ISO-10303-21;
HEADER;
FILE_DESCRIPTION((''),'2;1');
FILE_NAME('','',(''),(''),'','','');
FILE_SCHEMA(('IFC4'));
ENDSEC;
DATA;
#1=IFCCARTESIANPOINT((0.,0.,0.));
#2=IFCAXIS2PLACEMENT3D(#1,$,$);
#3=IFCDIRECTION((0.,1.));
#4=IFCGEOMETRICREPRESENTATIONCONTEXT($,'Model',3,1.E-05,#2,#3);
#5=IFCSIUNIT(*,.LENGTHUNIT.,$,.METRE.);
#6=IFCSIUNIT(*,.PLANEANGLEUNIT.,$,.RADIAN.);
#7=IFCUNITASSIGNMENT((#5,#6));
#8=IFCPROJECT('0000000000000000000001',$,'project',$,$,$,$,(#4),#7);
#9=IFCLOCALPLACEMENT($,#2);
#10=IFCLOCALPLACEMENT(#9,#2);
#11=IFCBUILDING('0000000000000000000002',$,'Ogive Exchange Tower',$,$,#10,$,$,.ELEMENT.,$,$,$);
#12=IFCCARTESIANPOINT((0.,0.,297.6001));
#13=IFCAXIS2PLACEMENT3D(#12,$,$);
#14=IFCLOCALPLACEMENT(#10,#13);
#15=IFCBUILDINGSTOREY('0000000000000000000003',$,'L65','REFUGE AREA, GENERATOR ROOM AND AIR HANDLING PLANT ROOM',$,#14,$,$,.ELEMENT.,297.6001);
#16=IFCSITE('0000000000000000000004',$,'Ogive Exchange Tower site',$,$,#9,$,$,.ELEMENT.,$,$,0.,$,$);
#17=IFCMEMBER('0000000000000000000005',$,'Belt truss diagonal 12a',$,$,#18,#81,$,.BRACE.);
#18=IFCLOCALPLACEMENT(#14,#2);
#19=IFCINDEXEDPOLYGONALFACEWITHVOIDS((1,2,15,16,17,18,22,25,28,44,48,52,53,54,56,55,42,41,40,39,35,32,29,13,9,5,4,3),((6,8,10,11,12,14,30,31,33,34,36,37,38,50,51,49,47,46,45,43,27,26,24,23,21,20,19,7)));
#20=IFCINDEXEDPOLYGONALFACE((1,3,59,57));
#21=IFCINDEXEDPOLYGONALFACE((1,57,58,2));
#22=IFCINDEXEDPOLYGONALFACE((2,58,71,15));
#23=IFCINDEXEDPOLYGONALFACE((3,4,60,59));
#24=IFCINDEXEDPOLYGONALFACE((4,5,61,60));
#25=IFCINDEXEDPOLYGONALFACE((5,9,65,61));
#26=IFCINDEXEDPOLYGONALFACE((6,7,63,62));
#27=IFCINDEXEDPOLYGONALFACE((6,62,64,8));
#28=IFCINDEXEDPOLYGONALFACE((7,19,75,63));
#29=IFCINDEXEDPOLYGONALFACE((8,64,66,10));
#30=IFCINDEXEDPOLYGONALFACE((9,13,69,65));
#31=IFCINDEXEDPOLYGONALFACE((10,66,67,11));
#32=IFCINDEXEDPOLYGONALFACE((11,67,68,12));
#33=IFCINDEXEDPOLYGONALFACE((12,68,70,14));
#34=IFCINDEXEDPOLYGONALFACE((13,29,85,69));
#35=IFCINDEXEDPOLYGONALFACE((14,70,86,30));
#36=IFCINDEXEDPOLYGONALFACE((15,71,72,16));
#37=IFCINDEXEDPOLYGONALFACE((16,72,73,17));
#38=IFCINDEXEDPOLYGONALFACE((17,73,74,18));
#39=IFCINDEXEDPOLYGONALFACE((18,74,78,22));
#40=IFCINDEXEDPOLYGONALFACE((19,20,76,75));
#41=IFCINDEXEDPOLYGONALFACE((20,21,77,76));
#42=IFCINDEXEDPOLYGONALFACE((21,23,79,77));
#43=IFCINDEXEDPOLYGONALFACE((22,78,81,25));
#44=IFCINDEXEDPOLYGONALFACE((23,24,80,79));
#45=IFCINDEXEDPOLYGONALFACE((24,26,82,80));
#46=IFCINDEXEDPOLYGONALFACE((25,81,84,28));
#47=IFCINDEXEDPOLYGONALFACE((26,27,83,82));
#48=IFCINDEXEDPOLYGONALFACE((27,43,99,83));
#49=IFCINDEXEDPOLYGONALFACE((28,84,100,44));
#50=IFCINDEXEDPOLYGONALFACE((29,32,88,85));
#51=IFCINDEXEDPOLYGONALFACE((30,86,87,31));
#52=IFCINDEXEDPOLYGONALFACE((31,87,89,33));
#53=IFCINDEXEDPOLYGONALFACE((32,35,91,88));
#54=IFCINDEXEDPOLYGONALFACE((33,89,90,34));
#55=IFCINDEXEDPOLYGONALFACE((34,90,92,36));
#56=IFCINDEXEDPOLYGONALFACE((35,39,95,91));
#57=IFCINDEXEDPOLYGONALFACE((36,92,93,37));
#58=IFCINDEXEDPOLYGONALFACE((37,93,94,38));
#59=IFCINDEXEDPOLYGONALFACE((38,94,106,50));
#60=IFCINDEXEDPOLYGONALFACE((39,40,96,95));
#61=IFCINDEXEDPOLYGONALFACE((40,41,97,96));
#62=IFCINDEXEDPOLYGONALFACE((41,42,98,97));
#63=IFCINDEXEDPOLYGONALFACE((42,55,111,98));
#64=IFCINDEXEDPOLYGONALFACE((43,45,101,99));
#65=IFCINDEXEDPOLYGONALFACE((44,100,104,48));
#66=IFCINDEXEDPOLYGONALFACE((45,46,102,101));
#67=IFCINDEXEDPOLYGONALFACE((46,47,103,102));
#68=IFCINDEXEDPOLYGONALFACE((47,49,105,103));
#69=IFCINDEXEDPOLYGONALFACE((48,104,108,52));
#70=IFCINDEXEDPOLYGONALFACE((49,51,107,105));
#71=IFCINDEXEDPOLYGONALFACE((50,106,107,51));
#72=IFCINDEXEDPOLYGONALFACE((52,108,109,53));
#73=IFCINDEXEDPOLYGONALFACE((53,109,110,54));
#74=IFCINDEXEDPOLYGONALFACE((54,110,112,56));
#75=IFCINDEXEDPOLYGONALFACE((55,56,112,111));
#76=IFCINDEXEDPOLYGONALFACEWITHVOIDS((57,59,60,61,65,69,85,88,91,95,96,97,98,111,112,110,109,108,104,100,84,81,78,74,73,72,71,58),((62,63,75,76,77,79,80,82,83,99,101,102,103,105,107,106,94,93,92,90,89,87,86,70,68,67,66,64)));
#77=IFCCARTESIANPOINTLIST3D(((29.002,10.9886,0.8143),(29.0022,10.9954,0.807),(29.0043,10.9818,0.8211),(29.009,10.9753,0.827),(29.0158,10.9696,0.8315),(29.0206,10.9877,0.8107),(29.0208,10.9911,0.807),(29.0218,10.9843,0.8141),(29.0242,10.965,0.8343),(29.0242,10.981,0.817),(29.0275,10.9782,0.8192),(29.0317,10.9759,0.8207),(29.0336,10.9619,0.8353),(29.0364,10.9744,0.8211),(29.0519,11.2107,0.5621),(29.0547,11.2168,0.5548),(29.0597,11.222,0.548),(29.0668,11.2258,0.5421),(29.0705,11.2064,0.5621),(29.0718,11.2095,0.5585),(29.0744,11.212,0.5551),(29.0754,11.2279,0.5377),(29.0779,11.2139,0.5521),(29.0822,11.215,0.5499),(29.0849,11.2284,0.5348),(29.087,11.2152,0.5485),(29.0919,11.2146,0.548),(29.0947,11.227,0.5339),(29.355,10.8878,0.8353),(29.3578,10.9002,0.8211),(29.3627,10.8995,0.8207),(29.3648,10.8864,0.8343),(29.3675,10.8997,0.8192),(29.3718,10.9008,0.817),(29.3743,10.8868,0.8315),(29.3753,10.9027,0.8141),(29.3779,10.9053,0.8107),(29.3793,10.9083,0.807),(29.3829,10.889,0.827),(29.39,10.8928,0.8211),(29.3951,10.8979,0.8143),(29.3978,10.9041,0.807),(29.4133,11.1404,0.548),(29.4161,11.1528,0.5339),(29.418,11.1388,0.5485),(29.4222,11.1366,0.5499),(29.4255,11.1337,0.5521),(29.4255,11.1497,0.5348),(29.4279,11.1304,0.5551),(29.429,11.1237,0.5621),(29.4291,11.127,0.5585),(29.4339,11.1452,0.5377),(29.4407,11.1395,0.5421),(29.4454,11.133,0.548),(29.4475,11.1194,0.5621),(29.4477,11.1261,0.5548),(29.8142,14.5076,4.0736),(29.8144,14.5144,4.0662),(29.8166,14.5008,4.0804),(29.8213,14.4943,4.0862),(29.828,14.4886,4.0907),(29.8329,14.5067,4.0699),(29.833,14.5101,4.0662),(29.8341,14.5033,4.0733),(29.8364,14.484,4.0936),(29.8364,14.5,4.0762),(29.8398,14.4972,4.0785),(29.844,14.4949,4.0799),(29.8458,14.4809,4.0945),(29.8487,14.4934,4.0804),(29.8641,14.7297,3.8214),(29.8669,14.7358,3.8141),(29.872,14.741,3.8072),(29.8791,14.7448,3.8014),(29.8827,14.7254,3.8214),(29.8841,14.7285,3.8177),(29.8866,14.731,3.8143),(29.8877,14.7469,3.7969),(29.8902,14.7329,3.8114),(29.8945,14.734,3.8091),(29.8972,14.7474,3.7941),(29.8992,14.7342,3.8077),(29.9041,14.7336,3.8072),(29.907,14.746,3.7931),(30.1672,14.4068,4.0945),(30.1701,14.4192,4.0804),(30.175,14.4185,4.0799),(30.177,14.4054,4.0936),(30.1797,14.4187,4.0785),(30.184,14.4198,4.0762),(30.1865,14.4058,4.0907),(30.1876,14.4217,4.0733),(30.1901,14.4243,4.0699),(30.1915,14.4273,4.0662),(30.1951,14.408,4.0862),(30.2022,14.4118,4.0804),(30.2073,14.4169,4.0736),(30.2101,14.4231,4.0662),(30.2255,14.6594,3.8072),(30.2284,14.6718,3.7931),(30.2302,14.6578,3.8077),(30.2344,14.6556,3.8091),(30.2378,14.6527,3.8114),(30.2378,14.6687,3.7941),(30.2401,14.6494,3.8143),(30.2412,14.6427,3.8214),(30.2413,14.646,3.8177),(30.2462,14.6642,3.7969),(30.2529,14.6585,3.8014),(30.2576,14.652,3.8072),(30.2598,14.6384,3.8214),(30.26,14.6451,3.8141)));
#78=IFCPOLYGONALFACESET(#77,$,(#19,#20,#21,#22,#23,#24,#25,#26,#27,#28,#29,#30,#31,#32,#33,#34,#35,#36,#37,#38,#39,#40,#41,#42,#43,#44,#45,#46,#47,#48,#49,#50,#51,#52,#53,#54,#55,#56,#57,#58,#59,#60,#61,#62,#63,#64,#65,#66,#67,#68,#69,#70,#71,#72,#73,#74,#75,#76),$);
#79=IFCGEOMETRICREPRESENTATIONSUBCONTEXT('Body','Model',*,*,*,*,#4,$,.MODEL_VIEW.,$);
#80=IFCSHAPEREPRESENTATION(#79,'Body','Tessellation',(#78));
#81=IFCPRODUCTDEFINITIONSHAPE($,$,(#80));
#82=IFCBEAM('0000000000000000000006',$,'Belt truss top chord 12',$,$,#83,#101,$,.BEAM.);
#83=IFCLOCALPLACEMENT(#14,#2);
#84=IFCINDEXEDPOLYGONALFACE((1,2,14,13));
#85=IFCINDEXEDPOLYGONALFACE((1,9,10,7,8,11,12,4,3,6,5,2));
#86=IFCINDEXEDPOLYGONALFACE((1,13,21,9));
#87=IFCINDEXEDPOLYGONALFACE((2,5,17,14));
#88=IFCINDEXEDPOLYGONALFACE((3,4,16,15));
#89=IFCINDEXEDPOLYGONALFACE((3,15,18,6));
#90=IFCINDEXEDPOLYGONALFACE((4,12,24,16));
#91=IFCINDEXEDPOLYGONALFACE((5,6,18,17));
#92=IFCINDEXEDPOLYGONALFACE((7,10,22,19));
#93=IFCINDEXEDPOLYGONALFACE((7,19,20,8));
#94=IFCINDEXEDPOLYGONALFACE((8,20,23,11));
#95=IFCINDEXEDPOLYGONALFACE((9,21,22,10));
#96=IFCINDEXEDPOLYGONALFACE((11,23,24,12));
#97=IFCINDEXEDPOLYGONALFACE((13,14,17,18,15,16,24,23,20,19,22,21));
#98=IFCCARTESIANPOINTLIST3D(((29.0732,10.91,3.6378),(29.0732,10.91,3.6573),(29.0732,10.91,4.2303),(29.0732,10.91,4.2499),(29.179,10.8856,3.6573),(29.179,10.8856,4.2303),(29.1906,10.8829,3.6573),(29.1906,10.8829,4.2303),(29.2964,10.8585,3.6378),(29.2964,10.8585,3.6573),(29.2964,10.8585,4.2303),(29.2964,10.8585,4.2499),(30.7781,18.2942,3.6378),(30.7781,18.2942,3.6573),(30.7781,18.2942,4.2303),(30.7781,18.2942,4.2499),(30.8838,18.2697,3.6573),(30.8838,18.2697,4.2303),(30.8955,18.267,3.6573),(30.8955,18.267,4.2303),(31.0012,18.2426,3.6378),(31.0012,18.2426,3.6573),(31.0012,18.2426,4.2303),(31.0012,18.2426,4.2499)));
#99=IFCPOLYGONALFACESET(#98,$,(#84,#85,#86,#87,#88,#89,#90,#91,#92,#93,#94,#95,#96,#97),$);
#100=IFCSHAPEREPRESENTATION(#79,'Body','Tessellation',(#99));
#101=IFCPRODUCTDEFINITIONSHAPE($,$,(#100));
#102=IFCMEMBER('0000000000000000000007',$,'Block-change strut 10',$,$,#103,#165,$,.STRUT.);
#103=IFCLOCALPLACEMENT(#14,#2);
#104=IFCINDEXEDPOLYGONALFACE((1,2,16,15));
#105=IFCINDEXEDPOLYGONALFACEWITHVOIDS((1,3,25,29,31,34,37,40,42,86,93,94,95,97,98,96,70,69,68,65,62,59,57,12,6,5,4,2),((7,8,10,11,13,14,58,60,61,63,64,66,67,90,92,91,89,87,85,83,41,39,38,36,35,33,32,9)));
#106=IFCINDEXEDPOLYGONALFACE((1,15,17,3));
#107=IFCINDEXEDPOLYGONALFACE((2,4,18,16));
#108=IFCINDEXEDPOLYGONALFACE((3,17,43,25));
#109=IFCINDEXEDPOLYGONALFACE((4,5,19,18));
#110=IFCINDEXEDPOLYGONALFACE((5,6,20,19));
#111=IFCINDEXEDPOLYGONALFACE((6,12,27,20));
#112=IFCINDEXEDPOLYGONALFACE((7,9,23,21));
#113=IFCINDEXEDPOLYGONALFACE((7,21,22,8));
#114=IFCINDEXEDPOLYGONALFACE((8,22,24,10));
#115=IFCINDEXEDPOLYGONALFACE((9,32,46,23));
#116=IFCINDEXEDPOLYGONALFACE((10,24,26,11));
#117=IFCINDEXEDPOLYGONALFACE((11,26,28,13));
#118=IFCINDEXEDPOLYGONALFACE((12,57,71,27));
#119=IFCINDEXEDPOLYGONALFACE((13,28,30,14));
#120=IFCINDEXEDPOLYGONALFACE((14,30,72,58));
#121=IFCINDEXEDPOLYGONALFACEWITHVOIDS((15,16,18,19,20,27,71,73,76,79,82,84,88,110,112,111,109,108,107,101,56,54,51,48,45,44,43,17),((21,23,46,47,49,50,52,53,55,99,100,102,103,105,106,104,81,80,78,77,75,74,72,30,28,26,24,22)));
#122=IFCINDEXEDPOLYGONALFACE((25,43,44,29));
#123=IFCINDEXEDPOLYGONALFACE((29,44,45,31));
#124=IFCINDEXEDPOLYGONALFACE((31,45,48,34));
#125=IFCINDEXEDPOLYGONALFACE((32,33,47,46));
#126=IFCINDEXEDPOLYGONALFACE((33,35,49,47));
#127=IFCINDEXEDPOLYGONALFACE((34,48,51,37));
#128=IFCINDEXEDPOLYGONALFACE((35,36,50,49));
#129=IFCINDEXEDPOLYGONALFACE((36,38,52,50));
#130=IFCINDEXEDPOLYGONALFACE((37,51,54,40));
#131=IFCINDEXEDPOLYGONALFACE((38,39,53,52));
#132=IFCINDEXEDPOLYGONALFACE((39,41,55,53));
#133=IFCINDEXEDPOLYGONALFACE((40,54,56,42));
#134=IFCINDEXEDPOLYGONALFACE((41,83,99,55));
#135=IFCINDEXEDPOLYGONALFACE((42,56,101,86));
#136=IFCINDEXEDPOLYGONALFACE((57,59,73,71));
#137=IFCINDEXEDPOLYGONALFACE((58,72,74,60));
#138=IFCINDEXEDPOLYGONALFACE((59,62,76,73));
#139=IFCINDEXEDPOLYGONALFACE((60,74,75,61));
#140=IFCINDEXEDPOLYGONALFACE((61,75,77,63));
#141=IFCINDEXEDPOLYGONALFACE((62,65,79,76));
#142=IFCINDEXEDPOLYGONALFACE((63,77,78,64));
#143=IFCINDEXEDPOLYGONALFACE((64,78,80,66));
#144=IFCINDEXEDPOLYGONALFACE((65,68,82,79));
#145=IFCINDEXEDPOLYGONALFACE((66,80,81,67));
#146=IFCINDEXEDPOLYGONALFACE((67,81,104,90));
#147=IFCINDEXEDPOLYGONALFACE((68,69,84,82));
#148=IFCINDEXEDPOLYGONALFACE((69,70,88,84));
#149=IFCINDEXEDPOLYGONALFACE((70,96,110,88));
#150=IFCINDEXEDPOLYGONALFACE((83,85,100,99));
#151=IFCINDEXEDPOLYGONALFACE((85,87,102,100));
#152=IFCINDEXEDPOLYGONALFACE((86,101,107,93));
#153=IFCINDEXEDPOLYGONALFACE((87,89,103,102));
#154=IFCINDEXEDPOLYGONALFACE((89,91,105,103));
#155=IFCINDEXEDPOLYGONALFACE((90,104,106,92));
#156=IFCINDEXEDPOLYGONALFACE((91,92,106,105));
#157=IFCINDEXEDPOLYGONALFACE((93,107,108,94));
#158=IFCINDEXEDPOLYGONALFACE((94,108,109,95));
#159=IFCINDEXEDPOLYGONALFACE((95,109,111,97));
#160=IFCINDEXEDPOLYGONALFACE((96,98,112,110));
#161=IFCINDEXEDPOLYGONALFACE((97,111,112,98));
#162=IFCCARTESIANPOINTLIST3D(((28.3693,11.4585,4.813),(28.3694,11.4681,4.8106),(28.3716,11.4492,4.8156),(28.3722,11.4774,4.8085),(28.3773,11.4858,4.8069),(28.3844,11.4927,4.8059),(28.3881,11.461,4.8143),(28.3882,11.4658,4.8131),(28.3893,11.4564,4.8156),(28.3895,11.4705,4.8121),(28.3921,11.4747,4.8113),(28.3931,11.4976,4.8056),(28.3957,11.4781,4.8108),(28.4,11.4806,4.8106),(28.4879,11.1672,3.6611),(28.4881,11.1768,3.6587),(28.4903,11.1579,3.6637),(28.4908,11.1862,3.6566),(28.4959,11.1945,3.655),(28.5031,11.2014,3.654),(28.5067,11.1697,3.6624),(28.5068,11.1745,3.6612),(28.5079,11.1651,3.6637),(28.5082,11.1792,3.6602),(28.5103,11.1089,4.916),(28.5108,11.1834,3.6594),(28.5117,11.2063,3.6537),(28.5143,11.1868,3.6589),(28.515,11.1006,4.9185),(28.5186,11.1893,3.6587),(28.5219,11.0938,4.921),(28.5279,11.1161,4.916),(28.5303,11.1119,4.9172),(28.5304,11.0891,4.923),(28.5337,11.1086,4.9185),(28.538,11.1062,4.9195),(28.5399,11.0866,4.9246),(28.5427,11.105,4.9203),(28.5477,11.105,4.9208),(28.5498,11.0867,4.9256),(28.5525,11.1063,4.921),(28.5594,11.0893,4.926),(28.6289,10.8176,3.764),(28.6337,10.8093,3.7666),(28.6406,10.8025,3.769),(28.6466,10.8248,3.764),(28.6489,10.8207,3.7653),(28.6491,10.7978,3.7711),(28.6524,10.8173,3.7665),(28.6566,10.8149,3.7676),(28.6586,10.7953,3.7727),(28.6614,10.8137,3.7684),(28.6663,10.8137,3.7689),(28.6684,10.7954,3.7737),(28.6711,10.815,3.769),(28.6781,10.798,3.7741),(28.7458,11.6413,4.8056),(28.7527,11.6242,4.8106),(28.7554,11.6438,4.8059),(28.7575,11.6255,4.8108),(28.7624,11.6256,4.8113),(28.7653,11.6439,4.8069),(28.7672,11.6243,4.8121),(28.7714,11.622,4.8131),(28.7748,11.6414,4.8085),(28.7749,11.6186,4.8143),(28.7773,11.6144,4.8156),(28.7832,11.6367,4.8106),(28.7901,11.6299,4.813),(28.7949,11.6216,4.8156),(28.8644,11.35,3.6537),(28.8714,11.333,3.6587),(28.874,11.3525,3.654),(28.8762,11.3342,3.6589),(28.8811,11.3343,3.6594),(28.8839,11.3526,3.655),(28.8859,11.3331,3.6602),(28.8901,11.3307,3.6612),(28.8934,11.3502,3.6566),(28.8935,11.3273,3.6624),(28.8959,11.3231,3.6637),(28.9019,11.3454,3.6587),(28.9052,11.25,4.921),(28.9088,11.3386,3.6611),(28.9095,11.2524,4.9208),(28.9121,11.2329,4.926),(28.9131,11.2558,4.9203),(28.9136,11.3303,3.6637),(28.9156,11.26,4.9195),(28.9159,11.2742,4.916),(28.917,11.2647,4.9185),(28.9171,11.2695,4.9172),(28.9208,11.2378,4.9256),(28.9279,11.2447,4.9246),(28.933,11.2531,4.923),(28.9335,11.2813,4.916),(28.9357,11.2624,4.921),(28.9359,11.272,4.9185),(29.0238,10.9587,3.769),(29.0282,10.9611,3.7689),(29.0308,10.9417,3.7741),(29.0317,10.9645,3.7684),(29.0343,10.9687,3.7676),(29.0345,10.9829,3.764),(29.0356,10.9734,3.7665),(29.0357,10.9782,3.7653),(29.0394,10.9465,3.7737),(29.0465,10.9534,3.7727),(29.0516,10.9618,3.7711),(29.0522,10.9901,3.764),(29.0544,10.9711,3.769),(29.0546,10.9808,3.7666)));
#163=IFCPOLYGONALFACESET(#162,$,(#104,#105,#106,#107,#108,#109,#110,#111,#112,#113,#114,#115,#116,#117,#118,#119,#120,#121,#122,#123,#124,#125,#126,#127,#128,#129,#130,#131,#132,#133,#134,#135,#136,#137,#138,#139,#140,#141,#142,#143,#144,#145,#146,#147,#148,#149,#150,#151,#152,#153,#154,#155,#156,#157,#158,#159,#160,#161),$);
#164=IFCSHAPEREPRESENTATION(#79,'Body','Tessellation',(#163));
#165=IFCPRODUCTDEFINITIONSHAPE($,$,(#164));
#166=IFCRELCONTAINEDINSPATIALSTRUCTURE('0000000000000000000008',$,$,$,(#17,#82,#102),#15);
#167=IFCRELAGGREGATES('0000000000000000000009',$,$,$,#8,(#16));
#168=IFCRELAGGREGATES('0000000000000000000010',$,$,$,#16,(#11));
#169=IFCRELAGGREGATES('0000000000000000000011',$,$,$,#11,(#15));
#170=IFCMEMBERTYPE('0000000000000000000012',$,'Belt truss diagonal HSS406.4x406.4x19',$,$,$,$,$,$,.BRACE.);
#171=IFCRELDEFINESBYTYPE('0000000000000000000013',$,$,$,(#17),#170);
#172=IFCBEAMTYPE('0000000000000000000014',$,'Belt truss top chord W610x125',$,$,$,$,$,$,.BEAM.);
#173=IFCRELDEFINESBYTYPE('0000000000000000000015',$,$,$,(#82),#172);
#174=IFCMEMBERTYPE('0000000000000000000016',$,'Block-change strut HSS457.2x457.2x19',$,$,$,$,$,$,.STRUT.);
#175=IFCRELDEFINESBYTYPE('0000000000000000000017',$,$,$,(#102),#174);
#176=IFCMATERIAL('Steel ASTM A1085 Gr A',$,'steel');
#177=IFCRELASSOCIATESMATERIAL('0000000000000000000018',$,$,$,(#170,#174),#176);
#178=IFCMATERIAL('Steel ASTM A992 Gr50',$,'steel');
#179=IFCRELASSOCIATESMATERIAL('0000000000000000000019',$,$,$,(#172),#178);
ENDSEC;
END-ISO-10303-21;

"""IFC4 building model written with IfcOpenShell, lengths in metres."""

from ifc_helpers import new_model, si_unit, direction, frame, origin, origin_2d, place, context, subcontext, project, spatial, hollow_rectangle, i_section, extrude, material, material_profile, profile_set, type_object, element, save


model = new_model("IFC4")

# Units and contexts
model_context = context("Model", 3, precision=1e-05, world=origin(), true_north=direction((0.0, 1.0)))
body_context = subcontext(model_context, "Body", "Model", "MODEL_VIEW")
ifc_project = project(units=[si_unit("LENGTHUNIT", "METRE"), si_unit("PLANEANGLEUNIT", "RADIAN")], contexts=[model_context])

# Site, building, storey
site_placement = place(None, origin())
site = spatial("IfcSite", under=ifc_project, at=site_placement, Name="Ogive Exchange Tower site", CompositionType="ELEMENT", RefElevation=0.0)
building_placement = place(site_placement, origin())
building = spatial("IfcBuilding", under=site, at=building_placement, Name="Ogive Exchange Tower", CompositionType="ELEMENT")
storey_placement = place(building_placement, frame((0.0, 0.0, 297.6001)))
storey = spatial("IfcBuildingStorey", under=building, at=storey_placement, Name="L65", Description="REFUGE AREA, GENERATOR ROOM AND AIR HANDLING PLANT ROOM", CompositionType="ELEMENT", Elevation=297.6001)

# Shared definitions
ifc_material_1 = material(Name="Steel ASTM A992 Gr50", Category="steel")

# Member
ifc_material_2 = material(Name="Steel ASTM A1085 Gr A", Category="steel")
ifc_material_profile_1 = material_profile(ifc_material_2, hollow_rectangle(XDim=0.406, YDim=0.406, WallThickness=0.019, InnerFilletRadius=0.019, OuterFilletRadius=0.0381, at=origin_2d()), Name="HSS406.4x406.4x19")
ifc_profile_set_1 = profile_set([ifc_material_profile_1], Name="Steel ASTM A1085 Gr A")
member_type_1 = type_object("IfcMemberType", Name="Belt truss diagonal HSS406.4x406.4x19", PredefinedType="BRACE", material=ifc_profile_set_1)
member_1_placement = place(storey_placement, frame((29.2249, 11.0574, 0.6846), z_axis=(0.166966, 0.723368, 0.669971), x_axis=(-0.974381, 0.224904, 0.0)))
element("IfcMember", 1, at=member_1_placement, inside=storey, type_object=member_type_1, Name="Belt truss diagonal 12a", PredefinedType="BRACE", context=body_context, shape_type="SweptSolid", body=[
    extrude(hollow_rectangle(XDim=0.406, YDim=0.406, WallThickness=0.019, InnerFilletRadius=0.019, OuterFilletRadius=0.0381, at=origin_2d()), origin(), (0.0, 0.0, 1.0), 4.8647),
])

# Beam
ifc_material_profile_2 = material_profile(ifc_material_1, i_section(OverallWidth=0.229, OverallDepth=0.6121, WebThickness=0.012, FlangeThickness=0.0195, at=origin_2d()), Name="W610x125")
ifc_profile_set_2 = profile_set([ifc_material_profile_2], Name="Steel ASTM A992 Gr50")
beam_type_1 = type_object("IfcBeamType", Name="Belt truss top chord W610x125", PredefinedType="BEAM", material=ifc_profile_set_2)
beam_1_placement = place(storey_placement, frame((29.1848, 10.8843, 3.9438), z_axis=(0.224963, 0.974367, 0.0), x_axis=(-0.974367, 0.224963, 0.0)))
element("IfcBeam", 2, at=beam_1_placement, inside=storey, type_object=beam_type_1, Name="Belt truss top chord 12", PredefinedType="BEAM", context=body_context, shape_type="SweptSolid", body=[
    extrude(i_section(OverallWidth=0.229, OverallDepth=0.6121, WebThickness=0.012, FlangeThickness=0.0195, at=origin_2d()), origin(), (0.0, 0.0, 1.0), 7.5784),
])

# Member
ifc_material_profile_3 = material_profile(ifc_material_2, hollow_rectangle(XDim=0.457, YDim=0.457, WallThickness=0.019, InnerFilletRadius=0.019, OuterFilletRadius=0.0381, at=origin_2d()), Name="HSS457.2x457.2x19")
ifc_profile_set_3 = profile_set([ifc_material_profile_3], Name="Steel ASTM A1085 Gr A")
member_type_2 = type_object("IfcMemberType", Name="Block-change strut HSS457.2x457.2x19", PredefinedType="STRUT", material=ifc_profile_set_3)
member_2_placement = place(storey_placement, frame((28.7712, 11.074, 3.7139), z_axis=(-0.099372, 0.243932, 0.964688), x_axis=(-0.926102, -0.377272, 0.0)))
element("IfcMember", 3, at=member_2_placement, inside=storey, type_object=member_type_2, Name="Block-change strut 10", PredefinedType="STRUT", context=body_context, shape_type="SweptSolid", body=[
    extrude(hollow_rectangle(XDim=0.457, YDim=0.457, WallThickness=0.019, InnerFilletRadius=0.019, OuterFilletRadius=0.0381, at=origin_2d()), origin(), (0.0, 0.0, 1.0), 1.1941),
])

save(model, "model.ifc")
